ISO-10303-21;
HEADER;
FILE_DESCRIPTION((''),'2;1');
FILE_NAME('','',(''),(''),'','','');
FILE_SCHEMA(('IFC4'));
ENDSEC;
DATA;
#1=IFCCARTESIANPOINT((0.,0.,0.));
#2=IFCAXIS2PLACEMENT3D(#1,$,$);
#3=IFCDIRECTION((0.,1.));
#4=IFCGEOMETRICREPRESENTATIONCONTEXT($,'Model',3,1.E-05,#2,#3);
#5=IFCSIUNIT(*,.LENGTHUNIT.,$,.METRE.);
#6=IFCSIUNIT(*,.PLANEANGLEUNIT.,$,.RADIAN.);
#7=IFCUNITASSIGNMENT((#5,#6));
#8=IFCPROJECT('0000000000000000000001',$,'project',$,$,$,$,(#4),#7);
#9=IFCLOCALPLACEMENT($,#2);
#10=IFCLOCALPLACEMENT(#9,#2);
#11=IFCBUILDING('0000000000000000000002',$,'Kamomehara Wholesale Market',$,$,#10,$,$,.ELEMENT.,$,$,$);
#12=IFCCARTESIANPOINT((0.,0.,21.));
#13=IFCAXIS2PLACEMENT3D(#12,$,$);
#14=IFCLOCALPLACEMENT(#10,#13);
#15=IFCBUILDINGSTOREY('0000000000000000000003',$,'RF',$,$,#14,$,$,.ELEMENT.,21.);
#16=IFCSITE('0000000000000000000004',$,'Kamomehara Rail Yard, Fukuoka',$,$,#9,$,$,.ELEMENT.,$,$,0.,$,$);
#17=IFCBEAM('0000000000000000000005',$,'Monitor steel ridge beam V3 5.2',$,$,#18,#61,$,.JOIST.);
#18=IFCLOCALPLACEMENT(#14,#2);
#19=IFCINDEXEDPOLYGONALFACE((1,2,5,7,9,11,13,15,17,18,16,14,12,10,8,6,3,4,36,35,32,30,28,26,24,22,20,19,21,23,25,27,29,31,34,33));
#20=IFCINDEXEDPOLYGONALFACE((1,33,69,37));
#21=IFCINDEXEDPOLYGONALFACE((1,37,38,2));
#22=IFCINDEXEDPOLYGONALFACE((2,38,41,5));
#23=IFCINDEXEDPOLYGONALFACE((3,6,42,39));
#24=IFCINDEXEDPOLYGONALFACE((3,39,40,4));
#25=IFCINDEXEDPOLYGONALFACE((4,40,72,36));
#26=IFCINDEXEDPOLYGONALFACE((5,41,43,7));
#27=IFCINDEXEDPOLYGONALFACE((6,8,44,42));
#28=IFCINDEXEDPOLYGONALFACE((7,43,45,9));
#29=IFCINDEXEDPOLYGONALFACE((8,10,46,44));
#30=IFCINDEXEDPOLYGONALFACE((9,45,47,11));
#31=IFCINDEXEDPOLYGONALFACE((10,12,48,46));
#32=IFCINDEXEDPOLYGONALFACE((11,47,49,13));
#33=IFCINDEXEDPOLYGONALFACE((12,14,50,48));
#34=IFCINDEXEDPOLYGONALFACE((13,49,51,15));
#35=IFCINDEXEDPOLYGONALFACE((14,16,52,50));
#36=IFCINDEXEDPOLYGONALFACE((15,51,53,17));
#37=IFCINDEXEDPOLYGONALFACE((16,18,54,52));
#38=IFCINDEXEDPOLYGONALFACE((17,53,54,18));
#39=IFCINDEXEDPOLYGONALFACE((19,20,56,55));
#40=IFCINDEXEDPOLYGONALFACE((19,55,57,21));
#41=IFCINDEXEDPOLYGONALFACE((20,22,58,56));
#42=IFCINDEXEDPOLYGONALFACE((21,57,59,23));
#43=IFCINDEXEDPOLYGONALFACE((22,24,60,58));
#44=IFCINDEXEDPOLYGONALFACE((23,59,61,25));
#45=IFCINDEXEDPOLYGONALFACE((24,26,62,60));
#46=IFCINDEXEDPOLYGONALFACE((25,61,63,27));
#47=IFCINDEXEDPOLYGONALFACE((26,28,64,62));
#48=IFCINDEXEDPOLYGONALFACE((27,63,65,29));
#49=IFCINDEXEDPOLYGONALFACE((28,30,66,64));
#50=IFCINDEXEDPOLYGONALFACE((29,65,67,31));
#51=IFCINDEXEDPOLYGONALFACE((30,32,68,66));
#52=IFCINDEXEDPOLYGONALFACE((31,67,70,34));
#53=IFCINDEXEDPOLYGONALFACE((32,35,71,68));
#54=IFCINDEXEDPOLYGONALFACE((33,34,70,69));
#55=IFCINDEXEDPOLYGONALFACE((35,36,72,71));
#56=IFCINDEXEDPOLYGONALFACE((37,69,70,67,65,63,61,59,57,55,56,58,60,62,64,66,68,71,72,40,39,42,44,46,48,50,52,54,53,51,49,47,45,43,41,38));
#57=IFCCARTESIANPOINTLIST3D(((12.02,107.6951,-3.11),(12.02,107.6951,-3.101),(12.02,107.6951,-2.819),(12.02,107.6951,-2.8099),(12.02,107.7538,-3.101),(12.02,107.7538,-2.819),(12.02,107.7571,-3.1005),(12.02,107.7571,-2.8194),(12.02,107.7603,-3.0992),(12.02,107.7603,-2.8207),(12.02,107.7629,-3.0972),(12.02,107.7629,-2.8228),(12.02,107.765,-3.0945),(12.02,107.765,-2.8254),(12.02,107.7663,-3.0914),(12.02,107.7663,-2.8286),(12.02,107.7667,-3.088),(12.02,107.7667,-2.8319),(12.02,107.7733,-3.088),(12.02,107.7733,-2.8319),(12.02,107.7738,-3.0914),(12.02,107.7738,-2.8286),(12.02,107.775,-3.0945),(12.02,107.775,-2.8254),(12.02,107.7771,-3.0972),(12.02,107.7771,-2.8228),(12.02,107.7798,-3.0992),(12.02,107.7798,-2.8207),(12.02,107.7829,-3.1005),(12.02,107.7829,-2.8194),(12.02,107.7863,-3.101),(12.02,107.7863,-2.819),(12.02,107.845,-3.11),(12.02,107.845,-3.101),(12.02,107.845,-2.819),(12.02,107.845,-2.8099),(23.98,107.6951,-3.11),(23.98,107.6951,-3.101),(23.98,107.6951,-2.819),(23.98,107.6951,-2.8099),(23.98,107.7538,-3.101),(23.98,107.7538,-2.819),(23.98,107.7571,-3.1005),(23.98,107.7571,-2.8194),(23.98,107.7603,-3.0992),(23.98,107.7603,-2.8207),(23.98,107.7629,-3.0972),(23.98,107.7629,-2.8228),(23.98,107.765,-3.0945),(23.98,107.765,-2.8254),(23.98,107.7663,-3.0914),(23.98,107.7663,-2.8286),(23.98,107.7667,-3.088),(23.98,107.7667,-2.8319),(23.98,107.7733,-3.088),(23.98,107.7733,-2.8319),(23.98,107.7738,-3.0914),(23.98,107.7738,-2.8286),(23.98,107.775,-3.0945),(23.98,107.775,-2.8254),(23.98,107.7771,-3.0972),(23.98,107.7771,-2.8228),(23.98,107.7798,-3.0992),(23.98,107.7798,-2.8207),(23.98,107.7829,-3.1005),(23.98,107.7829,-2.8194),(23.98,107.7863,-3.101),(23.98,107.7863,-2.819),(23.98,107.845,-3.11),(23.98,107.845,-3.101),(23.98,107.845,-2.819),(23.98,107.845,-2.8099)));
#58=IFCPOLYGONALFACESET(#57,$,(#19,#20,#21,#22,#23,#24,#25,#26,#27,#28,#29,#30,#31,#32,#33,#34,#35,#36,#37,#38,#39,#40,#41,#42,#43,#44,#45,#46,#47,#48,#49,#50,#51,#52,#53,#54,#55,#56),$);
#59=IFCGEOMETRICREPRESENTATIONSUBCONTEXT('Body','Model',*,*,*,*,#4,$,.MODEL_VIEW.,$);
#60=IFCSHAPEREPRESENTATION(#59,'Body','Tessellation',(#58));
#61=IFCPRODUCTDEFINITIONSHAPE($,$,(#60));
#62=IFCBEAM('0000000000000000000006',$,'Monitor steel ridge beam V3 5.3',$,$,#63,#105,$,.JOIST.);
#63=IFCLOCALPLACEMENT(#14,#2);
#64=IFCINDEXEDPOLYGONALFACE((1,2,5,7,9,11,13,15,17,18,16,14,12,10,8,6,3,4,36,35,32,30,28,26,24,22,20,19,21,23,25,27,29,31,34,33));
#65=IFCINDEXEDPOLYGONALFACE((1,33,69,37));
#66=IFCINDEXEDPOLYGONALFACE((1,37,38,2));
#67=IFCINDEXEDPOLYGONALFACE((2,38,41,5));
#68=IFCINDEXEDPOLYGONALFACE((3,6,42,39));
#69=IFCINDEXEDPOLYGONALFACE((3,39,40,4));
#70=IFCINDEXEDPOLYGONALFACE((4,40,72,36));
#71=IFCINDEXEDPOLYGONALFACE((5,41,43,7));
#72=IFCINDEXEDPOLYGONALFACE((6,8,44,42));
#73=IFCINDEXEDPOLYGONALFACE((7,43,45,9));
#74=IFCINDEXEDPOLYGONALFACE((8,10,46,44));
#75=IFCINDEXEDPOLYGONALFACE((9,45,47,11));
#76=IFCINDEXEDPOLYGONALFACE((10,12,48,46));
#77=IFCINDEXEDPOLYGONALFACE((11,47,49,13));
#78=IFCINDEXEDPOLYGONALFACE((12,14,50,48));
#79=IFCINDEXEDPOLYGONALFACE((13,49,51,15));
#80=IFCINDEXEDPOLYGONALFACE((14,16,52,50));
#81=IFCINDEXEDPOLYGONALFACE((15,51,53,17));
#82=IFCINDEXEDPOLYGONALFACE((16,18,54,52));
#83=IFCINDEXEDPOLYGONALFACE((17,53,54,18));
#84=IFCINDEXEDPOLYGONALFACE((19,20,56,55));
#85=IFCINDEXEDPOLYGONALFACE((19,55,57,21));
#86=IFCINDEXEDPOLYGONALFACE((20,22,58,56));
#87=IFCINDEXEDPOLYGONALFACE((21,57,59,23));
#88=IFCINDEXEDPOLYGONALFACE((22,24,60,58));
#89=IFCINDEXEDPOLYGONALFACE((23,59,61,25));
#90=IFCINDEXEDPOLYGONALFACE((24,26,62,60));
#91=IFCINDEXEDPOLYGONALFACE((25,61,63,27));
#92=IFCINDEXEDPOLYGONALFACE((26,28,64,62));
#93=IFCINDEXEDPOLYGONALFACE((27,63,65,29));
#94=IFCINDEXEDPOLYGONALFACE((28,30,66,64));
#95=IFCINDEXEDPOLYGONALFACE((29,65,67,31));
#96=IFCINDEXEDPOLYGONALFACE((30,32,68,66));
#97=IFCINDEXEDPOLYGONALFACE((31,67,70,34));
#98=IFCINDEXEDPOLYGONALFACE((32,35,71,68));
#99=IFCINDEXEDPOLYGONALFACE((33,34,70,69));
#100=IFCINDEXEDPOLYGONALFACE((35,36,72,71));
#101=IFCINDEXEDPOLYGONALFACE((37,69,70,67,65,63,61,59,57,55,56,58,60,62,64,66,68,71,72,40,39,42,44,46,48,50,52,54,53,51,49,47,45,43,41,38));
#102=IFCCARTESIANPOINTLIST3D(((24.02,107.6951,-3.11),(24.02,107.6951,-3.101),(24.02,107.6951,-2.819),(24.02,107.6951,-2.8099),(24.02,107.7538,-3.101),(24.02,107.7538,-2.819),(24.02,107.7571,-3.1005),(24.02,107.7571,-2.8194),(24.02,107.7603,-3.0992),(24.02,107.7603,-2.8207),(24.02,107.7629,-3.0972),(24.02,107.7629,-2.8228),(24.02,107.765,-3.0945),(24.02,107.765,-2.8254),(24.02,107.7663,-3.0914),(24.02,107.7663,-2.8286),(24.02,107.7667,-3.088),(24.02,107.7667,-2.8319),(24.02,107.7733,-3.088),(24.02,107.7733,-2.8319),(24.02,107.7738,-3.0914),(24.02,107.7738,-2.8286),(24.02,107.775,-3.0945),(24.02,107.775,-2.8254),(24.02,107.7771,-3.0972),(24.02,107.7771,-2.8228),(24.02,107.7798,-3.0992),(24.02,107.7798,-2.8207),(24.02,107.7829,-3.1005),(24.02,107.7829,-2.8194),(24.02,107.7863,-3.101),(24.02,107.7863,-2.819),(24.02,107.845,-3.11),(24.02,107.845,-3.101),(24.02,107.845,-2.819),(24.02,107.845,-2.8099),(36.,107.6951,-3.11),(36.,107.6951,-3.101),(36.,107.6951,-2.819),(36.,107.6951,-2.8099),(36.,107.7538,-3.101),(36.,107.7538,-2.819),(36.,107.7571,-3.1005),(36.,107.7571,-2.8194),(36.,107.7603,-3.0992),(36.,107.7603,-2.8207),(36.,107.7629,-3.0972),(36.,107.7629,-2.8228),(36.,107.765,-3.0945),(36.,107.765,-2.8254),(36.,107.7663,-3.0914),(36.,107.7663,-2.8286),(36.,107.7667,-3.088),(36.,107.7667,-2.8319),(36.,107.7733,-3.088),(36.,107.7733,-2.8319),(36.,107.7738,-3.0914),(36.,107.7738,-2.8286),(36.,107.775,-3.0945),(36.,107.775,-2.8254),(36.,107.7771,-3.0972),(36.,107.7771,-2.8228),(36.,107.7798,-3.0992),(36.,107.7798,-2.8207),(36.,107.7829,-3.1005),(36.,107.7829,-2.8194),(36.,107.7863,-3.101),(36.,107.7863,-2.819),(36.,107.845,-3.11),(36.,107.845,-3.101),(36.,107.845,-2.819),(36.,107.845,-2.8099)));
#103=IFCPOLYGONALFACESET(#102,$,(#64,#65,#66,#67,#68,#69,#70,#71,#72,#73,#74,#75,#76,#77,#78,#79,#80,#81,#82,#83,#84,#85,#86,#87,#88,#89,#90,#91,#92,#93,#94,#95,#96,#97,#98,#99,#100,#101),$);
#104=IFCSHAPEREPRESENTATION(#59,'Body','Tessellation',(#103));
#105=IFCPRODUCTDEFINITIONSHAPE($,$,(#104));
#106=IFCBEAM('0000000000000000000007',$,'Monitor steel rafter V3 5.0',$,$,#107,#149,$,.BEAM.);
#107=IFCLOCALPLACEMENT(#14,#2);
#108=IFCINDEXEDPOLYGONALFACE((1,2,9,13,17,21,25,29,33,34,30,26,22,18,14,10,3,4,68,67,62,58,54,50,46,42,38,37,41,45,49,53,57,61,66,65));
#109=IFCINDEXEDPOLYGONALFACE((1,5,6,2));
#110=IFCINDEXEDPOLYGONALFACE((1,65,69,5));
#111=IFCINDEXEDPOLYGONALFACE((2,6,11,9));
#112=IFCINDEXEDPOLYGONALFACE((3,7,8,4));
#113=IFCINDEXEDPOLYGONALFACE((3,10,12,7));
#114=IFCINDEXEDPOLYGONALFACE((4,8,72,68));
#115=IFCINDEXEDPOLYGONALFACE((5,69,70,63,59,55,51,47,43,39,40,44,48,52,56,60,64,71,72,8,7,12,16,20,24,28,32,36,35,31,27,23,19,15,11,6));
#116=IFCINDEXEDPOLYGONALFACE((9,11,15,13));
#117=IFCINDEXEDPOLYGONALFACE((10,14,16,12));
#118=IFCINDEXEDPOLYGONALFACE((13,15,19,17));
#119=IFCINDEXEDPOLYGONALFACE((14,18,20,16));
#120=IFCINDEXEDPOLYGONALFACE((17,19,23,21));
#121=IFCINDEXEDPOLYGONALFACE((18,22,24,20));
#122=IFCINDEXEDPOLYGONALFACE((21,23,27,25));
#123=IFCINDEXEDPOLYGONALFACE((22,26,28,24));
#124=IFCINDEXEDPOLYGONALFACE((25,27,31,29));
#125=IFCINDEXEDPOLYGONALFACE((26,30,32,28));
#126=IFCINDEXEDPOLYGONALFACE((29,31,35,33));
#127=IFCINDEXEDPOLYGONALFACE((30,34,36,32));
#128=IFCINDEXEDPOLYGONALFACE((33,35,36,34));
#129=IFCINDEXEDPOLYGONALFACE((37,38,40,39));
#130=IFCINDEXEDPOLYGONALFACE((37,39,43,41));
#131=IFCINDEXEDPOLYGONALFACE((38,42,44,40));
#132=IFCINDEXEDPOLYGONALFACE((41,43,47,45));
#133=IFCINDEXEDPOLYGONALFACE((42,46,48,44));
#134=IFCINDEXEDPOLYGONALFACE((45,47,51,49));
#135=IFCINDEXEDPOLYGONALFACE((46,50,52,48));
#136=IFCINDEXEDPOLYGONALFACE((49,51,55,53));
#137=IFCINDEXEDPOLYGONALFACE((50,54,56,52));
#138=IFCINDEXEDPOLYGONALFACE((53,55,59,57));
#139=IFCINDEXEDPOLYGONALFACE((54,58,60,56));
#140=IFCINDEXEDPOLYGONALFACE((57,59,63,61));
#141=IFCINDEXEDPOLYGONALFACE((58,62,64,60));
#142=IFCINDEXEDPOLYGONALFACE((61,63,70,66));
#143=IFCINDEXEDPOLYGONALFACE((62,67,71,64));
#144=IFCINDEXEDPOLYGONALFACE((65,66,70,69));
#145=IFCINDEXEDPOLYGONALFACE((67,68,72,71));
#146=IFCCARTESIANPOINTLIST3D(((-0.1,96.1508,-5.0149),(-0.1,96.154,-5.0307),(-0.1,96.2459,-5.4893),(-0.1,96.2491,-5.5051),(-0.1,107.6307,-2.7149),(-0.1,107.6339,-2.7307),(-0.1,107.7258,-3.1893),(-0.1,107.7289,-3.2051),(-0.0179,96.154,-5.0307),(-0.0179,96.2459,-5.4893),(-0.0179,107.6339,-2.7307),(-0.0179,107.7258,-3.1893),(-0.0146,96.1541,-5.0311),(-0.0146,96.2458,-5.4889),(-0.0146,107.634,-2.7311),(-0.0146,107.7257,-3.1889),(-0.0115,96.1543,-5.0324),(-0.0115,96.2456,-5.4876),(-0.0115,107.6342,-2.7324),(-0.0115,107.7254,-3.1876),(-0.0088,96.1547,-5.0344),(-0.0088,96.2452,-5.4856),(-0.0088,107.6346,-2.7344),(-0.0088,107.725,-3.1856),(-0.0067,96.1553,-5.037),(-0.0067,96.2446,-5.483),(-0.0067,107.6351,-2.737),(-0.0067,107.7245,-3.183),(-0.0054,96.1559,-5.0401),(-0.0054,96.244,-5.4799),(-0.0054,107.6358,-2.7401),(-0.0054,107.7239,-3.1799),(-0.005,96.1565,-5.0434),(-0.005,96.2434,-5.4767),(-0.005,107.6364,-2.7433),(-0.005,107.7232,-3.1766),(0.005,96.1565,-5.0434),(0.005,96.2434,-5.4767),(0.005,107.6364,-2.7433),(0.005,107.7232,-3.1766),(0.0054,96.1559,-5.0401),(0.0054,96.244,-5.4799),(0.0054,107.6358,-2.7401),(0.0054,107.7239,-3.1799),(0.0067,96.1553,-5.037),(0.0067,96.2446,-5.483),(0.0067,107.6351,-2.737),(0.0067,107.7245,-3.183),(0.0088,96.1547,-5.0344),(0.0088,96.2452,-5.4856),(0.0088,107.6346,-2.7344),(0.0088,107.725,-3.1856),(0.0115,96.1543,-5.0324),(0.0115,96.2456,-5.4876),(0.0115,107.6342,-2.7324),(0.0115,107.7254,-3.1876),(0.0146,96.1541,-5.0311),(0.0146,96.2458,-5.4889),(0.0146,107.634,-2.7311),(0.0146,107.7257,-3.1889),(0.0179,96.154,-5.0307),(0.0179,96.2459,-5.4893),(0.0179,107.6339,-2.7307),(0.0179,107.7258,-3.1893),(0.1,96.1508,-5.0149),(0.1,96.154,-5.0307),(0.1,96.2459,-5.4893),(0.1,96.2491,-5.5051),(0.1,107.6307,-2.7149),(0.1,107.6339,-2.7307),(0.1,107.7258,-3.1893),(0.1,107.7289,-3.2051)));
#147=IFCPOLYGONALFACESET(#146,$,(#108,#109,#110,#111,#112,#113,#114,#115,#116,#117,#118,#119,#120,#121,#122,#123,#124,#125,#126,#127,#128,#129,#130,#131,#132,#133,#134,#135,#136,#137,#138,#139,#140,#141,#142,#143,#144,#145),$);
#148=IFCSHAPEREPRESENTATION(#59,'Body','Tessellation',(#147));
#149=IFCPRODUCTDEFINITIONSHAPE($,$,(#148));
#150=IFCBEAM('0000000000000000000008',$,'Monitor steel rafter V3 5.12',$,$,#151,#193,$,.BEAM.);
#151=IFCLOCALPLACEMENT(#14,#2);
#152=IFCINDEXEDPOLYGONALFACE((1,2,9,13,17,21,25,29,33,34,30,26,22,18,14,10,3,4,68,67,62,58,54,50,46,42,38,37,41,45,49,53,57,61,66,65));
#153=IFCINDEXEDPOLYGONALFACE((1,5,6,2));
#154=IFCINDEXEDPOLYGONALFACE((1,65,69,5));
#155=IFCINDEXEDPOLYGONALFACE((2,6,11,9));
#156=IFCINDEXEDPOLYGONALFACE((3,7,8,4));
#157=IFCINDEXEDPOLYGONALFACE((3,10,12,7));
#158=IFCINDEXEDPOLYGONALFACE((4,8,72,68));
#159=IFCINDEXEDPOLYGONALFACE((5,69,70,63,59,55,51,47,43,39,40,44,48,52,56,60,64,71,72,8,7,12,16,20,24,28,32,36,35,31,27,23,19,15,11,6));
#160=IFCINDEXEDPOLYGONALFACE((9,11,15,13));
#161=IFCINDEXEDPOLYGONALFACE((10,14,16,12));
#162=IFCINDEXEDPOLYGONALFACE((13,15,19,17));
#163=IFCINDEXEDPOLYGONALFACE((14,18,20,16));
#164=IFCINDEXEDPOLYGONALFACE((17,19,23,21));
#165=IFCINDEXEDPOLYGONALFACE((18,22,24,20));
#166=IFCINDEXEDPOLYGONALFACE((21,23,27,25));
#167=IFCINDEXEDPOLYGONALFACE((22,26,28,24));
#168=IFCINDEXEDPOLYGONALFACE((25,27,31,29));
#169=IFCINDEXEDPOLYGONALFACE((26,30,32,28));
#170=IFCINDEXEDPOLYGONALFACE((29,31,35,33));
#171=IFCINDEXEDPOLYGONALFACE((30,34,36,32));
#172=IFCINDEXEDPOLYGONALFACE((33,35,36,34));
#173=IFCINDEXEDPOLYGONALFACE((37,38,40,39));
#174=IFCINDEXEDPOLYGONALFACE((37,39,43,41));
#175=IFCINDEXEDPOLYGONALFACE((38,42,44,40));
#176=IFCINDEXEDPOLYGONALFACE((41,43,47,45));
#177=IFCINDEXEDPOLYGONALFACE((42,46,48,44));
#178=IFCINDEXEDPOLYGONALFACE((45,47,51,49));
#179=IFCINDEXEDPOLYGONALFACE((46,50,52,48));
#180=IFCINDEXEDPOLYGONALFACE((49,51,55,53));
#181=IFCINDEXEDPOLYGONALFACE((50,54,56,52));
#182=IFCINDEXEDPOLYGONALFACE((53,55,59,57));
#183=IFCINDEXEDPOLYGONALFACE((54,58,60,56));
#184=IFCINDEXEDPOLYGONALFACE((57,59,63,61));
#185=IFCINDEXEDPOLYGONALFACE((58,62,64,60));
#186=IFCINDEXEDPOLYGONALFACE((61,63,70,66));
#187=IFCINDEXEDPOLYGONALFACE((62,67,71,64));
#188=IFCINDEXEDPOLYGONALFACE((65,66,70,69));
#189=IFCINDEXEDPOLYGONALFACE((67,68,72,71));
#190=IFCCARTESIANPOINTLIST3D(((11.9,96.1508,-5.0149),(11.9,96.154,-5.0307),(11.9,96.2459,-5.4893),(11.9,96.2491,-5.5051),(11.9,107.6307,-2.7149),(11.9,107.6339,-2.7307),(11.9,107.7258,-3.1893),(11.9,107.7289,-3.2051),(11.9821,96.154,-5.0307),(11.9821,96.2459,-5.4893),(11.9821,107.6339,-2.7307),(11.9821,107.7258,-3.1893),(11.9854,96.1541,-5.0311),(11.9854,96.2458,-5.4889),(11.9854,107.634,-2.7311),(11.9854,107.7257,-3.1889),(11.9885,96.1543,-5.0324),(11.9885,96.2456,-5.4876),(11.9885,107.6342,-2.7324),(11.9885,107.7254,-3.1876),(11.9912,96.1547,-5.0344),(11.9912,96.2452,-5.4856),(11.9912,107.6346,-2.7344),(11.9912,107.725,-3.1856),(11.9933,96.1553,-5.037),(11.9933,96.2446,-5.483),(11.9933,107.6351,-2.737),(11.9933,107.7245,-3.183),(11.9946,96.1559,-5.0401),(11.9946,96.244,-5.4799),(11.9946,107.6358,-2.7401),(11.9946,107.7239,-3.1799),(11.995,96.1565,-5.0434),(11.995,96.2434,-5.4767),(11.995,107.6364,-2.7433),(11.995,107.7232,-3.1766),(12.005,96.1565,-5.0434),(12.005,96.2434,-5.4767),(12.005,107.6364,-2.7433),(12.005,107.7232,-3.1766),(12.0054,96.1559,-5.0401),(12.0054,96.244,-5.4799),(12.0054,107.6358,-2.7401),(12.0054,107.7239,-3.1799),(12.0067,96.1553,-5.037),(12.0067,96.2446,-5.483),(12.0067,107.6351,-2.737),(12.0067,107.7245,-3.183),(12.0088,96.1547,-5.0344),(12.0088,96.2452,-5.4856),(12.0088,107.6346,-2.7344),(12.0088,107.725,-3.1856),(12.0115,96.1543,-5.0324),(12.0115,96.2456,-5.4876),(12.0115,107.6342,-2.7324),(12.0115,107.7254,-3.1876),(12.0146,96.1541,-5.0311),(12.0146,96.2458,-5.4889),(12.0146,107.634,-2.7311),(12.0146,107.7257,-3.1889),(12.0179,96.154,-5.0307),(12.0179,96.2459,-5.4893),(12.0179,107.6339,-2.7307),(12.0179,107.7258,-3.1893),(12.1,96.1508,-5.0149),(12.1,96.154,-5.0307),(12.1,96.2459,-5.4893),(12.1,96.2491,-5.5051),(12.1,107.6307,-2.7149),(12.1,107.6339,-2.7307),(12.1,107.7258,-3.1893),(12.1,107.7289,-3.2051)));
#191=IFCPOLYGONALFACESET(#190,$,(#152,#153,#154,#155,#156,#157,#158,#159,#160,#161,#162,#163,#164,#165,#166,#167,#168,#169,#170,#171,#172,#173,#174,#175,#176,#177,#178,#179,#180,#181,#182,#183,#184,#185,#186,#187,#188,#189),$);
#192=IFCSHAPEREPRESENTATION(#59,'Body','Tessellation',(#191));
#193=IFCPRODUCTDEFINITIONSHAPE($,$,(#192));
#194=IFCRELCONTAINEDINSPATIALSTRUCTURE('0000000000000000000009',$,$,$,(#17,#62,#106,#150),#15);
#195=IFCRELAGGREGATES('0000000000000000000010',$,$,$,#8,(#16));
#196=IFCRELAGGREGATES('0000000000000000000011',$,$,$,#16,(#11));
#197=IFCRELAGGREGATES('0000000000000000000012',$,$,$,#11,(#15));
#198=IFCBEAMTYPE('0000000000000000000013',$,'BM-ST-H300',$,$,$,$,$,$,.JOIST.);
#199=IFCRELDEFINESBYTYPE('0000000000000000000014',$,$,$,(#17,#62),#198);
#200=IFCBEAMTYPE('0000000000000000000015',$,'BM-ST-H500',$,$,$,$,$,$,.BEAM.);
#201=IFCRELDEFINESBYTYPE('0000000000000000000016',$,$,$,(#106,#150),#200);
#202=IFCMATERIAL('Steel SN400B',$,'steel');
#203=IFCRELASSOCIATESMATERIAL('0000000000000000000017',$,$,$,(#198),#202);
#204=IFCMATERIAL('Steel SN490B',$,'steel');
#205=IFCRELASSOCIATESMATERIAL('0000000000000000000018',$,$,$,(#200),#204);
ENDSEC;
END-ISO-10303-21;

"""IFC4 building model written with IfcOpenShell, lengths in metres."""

from ifc_helpers import new_model, si_unit, direction, frame, origin, origin_2d, place, context, subcontext, project, spatial, i_section, extrude, material, material_profile, profile_set, type_object, element, save


model = new_model("IFC4")

# Units and contexts
model_context = context("Model", 3, precision=1e-05, world=origin(), true_north=direction((0.0, 1.0)))
body_context = subcontext(model_context, "Body", "Model", "MODEL_VIEW")
ifc_project = project(units=[si_unit("LENGTHUNIT", "METRE"), si_unit("PLANEANGLEUNIT", "RADIAN")], contexts=[model_context])

# Site, building, storey
site_placement = place(None, origin())
site = spatial("IfcSite", under=ifc_project, at=site_placement, Name="Kamomehara Rail Yard, Fukuoka", CompositionType="ELEMENT", RefElevation=0.0)
building_placement = place(site_placement, origin())
building = spatial("IfcBuilding", under=site, at=building_placement, Name="Kamomehara Wholesale Market", CompositionType="ELEMENT")
storey_placement = place(building_placement, frame((0.0, 0.0, 21.0)))
storey = spatial("IfcBuildingStorey", under=building, at=storey_placement, Name="RF", CompositionType="ELEMENT", Elevation=21.0)

# Beams
ifc_material_1 = material(Name="Steel SN400B", Category="steel")
ifc_material_profile_1 = material_profile(ifc_material_1, i_section(OverallWidth=0.1499, OverallDepth=0.3, WebThickness=0.0066, FlangeThickness=0.009, FilletRadius=0.0129, at=origin_2d()), Name="H-300x150x6.5x9")
ifc_profile_set_1 = profile_set([ifc_material_profile_1], Name="Steel SN400B")
beam_type_1 = type_object("IfcBeamType", Name="BM-ST-H300", PredefinedType="JOIST", material=ifc_profile_set_1)
beam_1_placement = place(storey_placement, frame((12.02, 107.77, -2.96), z_axis=(1.0, 0.0, 0.0), x_axis=(0.0, 1.0, 0.0)))
element("IfcBeam", 1, at=beam_1_placement, inside=storey, type_object=beam_type_1, Name="Monitor steel ridge beam V3 5.2", PredefinedType="JOIST", context=body_context, shape_type="SweptSolid", body=[
    extrude(i_section(OverallWidth=0.1499, OverallDepth=0.3, WebThickness=0.0066, FlangeThickness=0.009, FilletRadius=0.0129, at=origin_2d()), origin(), (0.0, 0.0, 1.0), 11.96),
])
beam_2_placement = place(storey_placement, frame((24.02, 107.77, -2.96), z_axis=(1.0, 0.0, 0.0), x_axis=(0.0, 1.0, 0.0)))
element("IfcBeam", 2, at=beam_2_placement, inside=storey, type_object=beam_type_1, Name="Monitor steel ridge beam V3 5.3", PredefinedType="JOIST", context=body_context, shape_type="SweptSolid", body=[
    extrude(i_section(OverallWidth=0.1499, OverallDepth=0.3, WebThickness=0.0066, FlangeThickness=0.009, FilletRadius=0.0129, at=origin_2d()), origin(), (0.0, 0.0, 1.0), 11.98),
])
ifc_material_2 = material(Name="Steel SN490B", Category="steel")
ifc_material_profile_2 = material_profile(ifc_material_2, i_section(OverallWidth=0.2, OverallDepth=0.5, WebThickness=0.01, FlangeThickness=0.0161, FilletRadius=0.0129, at=origin_2d()), Name="H-500x200x10x16")
ifc_profile_set_2 = profile_set([ifc_material_profile_2], Name="Steel SN490B")
beam_type_2 = type_object("IfcBeamType", Name="BM-ST-H500", PredefinedType="BEAM", material=ifc_profile_set_2)
for number, where, z_axis, x_axis, name in (
    (3, (0.0, 96.2, -5.26), (0.0, 0.980514, 0.196449), (-1.0, 0.0, 0.0), "Monitor steel rafter V3 5.0"),
    (4, (12.0, 96.2, -5.26), (0.0, 0.980514, 0.196449), (-1.0, 0.0, 0.0), "Monitor steel rafter V3 5.12"),
):
    element("IfcBeam", number, at=place(storey_placement, frame(where, z_axis=z_axis, x_axis=x_axis)), inside=storey, type_object=beam_type_2, Name=name, PredefinedType="BEAM", context=body_context, shape_type="SweptSolid", body=[
        extrude(i_section(OverallWidth=0.2, OverallDepth=0.5, WebThickness=0.01, FlangeThickness=0.0161, FilletRadius=0.0129, at=origin_2d()), origin(), (0.0, 0.0, 1.0), 11.708),
    ])

save(model, "model.ifc")
